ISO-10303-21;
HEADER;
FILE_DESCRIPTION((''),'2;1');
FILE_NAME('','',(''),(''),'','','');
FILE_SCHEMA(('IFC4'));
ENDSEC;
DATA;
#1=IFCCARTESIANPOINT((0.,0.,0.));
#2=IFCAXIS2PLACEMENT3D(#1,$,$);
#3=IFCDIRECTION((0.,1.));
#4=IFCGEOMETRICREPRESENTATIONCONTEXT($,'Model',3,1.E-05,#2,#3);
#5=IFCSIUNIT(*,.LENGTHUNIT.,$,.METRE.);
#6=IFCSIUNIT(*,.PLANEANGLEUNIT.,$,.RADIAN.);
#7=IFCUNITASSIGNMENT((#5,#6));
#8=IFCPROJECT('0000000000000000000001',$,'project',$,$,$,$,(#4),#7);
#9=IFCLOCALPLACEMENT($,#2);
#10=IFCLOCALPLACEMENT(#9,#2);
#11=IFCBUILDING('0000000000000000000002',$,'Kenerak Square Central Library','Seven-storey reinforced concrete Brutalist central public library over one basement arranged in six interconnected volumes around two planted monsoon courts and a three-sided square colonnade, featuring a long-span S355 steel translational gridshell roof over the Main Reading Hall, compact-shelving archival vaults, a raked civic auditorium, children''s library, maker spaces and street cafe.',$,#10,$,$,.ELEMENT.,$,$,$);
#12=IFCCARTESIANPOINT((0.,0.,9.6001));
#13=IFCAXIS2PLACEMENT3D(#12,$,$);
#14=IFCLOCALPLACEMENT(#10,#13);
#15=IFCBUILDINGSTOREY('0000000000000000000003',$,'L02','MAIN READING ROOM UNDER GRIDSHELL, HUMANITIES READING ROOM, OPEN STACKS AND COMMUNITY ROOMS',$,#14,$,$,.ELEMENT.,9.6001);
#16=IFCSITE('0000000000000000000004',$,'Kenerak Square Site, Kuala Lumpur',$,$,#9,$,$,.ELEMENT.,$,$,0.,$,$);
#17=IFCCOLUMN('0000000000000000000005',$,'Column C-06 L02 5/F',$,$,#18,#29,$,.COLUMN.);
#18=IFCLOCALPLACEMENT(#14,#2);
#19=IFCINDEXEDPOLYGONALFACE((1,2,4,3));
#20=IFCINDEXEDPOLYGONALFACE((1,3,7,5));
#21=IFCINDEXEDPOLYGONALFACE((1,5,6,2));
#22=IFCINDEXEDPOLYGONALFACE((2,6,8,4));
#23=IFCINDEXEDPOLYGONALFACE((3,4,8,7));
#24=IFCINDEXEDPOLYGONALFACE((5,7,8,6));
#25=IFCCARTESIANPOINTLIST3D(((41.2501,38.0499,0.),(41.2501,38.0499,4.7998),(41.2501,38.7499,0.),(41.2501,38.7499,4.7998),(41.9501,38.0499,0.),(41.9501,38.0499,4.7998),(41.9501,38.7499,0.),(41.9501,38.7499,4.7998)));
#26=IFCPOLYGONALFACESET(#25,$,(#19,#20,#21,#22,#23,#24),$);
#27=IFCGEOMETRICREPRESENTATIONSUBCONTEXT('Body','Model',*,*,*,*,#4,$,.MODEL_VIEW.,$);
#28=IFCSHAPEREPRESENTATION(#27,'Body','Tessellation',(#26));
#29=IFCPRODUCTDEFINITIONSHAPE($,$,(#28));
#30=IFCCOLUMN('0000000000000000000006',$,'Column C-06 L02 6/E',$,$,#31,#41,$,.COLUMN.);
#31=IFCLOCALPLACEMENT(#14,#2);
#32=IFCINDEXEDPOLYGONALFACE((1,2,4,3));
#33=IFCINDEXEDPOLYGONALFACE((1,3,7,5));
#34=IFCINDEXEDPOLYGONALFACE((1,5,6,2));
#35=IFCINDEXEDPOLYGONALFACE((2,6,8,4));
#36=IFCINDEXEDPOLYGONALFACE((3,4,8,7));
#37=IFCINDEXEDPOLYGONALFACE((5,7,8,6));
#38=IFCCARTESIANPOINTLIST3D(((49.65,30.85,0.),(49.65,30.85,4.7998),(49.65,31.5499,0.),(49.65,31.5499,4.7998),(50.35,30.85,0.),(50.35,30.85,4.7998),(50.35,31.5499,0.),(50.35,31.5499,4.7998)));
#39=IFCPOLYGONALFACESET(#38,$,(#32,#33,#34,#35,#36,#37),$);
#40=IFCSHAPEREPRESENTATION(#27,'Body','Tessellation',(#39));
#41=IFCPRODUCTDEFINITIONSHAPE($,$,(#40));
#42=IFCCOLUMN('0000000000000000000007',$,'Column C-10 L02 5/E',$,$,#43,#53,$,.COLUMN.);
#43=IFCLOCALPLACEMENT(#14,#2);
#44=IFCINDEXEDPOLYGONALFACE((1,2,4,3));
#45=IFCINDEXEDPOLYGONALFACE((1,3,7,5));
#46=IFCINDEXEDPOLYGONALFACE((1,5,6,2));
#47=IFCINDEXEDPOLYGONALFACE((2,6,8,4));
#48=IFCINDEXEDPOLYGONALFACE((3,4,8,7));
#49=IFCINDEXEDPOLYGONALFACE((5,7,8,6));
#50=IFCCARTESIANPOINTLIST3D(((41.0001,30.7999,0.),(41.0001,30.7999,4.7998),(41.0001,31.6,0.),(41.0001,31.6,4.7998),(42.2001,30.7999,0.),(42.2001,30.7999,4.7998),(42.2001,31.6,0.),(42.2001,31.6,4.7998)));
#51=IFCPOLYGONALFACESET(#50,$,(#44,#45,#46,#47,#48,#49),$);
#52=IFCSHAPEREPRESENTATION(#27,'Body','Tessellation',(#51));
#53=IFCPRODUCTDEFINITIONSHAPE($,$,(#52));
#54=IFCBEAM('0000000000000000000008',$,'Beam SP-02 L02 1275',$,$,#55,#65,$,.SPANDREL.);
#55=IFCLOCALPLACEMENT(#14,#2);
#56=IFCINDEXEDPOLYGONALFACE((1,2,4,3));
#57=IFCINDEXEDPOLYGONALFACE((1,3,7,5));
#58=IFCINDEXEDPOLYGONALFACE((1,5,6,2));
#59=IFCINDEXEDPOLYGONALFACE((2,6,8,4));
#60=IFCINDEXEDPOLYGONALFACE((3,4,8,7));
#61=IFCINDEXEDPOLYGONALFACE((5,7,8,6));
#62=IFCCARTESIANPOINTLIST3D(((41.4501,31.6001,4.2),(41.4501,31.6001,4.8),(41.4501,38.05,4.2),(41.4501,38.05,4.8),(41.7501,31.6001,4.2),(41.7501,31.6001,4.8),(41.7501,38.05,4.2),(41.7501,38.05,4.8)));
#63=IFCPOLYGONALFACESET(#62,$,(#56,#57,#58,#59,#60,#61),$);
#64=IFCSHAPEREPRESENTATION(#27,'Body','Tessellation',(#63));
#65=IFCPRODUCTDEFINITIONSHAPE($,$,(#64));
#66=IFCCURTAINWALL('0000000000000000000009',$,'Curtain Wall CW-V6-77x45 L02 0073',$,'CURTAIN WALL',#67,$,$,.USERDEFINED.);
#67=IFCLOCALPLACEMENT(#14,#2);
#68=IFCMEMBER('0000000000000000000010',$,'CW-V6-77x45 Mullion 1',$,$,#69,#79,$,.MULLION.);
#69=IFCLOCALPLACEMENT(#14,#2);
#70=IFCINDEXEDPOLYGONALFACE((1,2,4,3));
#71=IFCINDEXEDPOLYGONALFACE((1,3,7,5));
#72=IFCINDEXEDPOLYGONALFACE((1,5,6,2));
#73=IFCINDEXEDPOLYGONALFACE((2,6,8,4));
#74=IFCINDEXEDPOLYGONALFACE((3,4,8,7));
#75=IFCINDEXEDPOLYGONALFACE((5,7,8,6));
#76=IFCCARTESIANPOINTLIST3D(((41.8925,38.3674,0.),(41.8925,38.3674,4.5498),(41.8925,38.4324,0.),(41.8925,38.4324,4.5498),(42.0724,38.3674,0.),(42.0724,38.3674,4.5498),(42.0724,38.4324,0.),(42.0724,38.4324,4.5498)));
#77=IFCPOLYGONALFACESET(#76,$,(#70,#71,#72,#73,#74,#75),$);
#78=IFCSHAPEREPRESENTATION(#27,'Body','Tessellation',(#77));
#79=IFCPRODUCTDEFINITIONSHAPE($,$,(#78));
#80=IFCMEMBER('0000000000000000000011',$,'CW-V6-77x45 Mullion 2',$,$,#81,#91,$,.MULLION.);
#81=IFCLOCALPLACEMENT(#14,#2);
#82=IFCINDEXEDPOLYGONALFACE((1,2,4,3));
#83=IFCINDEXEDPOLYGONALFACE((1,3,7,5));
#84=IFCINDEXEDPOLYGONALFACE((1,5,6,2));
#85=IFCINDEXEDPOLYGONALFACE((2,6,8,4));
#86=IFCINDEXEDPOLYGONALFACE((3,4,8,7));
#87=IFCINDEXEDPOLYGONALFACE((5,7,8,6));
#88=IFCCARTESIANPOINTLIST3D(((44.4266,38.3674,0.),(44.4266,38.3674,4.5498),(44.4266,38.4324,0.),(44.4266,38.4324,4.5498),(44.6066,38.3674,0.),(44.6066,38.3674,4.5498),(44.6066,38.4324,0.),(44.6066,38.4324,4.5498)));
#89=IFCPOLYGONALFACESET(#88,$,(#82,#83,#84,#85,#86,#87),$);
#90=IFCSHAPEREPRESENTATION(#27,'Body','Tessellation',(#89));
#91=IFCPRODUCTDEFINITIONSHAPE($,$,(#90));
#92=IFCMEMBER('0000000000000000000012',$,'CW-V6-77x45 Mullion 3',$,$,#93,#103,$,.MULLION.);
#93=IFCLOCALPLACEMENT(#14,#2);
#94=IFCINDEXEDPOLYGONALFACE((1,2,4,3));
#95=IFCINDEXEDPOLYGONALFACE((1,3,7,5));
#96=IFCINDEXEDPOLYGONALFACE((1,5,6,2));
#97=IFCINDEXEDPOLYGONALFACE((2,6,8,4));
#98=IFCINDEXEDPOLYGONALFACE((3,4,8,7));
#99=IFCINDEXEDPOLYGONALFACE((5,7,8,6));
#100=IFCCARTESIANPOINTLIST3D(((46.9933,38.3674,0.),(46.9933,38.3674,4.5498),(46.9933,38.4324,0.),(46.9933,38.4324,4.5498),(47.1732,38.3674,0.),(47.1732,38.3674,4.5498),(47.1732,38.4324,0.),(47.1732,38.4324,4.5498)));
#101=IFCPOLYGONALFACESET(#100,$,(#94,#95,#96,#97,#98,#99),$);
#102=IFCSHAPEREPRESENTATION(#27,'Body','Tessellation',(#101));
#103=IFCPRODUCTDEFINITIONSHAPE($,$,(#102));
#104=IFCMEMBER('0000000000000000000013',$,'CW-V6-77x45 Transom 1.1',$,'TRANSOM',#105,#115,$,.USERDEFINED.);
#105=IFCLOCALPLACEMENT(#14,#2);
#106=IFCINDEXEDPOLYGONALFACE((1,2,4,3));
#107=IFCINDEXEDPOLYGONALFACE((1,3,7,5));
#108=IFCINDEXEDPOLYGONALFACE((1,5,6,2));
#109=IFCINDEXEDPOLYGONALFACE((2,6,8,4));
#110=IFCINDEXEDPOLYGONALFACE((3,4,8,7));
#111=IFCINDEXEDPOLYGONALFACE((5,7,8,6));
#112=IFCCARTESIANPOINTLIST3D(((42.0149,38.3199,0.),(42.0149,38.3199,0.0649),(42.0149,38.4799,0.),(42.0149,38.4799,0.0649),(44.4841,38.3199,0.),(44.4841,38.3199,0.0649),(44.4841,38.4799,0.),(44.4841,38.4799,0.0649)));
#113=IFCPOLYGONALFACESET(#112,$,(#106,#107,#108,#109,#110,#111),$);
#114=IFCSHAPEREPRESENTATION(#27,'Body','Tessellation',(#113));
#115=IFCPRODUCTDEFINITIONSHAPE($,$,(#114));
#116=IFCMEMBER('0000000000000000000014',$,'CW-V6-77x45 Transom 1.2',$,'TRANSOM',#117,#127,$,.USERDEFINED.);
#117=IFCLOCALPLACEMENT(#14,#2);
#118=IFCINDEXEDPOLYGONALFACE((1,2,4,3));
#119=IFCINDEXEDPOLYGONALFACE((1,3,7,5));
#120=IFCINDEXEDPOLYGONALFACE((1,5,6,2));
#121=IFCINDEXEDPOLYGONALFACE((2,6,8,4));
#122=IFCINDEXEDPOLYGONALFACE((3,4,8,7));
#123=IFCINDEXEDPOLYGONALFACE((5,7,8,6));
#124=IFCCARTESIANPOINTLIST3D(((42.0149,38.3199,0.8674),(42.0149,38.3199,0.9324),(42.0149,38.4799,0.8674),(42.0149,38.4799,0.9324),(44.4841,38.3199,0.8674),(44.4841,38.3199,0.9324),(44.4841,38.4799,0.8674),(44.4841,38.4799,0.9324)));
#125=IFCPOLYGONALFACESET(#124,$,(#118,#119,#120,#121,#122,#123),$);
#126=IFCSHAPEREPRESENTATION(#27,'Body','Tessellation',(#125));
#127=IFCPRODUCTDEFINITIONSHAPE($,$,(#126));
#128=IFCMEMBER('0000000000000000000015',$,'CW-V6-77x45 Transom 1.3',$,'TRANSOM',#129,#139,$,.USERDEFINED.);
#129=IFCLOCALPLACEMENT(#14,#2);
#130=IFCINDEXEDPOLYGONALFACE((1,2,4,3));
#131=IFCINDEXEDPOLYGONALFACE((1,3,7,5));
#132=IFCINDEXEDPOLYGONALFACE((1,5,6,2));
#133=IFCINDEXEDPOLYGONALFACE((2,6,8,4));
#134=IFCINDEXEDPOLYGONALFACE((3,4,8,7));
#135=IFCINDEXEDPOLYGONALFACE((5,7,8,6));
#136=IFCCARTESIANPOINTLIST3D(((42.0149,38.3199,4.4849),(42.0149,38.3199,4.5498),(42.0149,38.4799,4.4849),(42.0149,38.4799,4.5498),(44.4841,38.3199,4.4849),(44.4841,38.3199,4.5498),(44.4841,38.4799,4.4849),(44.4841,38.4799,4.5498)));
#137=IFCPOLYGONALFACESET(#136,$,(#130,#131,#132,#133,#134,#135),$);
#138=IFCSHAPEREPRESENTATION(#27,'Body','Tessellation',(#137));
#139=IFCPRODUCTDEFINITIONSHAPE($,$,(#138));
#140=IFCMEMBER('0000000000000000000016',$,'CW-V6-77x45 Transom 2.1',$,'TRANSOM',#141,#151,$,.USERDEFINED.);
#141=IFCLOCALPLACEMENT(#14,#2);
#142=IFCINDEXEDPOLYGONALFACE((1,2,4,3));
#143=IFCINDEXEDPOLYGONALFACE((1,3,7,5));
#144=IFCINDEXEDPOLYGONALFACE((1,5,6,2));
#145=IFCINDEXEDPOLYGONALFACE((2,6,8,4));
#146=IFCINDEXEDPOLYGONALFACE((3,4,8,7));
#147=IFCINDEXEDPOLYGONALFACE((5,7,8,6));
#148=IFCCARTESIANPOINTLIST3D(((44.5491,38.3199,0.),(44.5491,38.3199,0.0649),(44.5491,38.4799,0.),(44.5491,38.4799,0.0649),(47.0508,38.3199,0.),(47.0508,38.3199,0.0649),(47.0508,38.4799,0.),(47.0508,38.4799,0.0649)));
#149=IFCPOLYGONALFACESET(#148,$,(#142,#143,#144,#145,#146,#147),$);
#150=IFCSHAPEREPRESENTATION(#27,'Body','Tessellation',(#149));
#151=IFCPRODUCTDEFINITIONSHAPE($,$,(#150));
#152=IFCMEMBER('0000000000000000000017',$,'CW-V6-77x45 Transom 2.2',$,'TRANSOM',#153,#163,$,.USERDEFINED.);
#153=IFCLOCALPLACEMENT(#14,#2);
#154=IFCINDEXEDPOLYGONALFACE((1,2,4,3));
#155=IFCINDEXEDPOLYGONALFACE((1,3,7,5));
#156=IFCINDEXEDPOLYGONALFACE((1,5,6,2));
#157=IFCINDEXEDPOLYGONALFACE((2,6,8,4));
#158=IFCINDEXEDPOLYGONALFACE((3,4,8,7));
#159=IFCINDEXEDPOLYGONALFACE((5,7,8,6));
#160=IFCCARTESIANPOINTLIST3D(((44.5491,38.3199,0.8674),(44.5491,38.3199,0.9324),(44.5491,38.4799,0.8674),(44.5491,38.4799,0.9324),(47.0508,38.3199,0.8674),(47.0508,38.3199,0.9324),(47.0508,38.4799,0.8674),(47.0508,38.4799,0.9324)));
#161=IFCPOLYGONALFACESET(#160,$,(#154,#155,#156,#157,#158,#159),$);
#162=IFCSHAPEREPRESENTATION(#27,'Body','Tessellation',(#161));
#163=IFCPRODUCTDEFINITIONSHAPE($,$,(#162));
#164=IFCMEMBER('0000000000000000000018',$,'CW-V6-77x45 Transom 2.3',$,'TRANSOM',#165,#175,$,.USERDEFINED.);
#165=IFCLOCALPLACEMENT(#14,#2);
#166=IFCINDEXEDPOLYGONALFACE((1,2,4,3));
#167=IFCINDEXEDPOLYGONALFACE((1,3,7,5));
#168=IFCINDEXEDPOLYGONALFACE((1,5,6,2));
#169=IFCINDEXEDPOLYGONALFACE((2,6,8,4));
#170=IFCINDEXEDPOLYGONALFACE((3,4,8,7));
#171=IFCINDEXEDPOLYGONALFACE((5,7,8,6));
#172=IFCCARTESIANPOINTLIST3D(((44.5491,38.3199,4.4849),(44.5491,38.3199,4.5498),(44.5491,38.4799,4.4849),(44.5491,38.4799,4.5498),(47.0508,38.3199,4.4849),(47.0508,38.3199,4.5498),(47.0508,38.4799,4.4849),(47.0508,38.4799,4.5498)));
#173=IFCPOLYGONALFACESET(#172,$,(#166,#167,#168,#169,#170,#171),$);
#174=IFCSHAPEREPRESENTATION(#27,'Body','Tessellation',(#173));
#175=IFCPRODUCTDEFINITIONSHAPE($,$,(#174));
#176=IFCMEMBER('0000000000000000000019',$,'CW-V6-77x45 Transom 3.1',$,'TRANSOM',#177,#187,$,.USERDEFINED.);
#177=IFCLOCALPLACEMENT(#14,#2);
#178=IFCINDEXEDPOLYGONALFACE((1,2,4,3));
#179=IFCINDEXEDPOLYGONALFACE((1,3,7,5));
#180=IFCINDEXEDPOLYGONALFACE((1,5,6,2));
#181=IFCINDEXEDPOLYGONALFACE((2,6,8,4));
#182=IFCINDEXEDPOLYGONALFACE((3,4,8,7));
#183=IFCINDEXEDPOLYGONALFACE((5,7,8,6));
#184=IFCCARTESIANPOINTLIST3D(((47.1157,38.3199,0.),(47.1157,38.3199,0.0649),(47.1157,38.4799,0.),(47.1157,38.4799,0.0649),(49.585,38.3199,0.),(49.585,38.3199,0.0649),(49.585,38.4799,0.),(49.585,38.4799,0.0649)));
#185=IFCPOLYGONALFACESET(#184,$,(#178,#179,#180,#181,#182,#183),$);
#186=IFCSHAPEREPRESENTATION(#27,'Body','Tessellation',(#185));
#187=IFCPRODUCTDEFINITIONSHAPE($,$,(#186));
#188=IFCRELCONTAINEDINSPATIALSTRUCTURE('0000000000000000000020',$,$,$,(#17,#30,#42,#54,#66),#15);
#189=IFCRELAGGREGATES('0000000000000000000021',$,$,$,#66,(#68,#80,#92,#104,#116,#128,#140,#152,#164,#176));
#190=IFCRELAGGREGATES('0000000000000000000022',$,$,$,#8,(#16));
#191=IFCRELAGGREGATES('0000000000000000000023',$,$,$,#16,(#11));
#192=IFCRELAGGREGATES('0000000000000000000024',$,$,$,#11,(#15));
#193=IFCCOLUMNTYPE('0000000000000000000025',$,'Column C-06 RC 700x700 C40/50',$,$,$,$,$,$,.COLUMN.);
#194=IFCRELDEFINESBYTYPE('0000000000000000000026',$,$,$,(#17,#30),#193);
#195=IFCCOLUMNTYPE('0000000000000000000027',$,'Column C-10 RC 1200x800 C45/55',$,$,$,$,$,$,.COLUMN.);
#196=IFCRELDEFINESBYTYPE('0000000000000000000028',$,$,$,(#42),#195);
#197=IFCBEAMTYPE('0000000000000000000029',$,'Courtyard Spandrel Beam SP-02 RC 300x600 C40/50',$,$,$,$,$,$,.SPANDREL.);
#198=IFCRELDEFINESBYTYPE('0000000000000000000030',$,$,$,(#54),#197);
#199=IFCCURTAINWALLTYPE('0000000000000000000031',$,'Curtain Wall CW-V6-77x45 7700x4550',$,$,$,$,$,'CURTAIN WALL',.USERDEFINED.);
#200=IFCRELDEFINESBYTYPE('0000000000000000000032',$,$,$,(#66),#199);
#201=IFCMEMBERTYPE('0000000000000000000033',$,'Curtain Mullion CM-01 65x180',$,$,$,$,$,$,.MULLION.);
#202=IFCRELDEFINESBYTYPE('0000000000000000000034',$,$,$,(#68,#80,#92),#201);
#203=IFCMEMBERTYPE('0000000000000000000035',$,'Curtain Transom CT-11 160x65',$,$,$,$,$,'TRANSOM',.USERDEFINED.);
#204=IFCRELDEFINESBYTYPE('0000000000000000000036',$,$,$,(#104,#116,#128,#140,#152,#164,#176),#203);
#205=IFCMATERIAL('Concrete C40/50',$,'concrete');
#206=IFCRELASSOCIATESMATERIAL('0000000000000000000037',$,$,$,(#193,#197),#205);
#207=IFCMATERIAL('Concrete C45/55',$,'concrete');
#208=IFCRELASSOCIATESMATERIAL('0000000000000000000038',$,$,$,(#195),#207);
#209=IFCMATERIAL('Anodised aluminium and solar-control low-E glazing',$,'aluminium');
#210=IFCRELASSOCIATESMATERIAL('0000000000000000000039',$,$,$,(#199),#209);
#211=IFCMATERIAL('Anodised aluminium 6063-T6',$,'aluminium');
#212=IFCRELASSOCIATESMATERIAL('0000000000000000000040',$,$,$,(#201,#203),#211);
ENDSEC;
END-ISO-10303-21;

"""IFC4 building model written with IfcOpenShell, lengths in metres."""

from ifc_helpers import new_model, si_unit, direction, frame, origin, origin_2d, place, context, subcontext, project, spatial, rectangle, extrude, material, material_profile, profile_set, type_object, element, aggregate, save


model = new_model("IFC4")

# Units and contexts
model_context = context("Model", 3, precision=1e-05, world=origin(), true_north=direction((0.0, 1.0)))
body_context = subcontext(model_context, "Body", "Model", "MODEL_VIEW")
ifc_project = project(units=[si_unit("LENGTHUNIT", "METRE"), si_unit("PLANEANGLEUNIT", "RADIAN")], contexts=[model_context])

# Site, building, storey
site_placement = place(None, origin())
site = spatial("IfcSite", under=ifc_project, at=site_placement, Name="Kenerak Square Site, Kuala Lumpur", CompositionType="ELEMENT", RefElevation=0.0)
building_placement = place(site_placement, origin())
building = spatial("IfcBuilding", under=site, at=building_placement, Name="Kenerak Square Central Library", Description="Seven-storey reinforced concrete Brutalist central public library over one basement arranged in six interconnected volumes around two planted monsoon courts and a three-sided square colonnade, featuring a long-span S355 steel translational gridshell roof over the Main Reading Hall, compact-shelving archival vaults, a raked civic auditorium, children's library, maker spaces and street cafe.", CompositionType="ELEMENT")
storey_placement = place(building_placement, frame((0.0, 0.0, 9.6001)))
storey = spatial("IfcBuildingStorey", under=building, at=storey_placement, Name="L02", Description="MAIN READING ROOM UNDER GRIDSHELL, HUMANITIES READING ROOM, OPEN STACKS AND COMMUNITY ROOMS", CompositionType="ELEMENT", Elevation=9.6001)

# Columns
ifc_material_1 = material(Name="Concrete C40/50", Category="concrete")
ifc_material_profile_1 = material_profile(ifc_material_1, rectangle(XDim=0.7, YDim=0.7, at=origin_2d()), Name="RC 700x700")
ifc_profile_set_1 = profile_set([ifc_material_profile_1], Name="Concrete C40/50")
column_type_1 = type_object("IfcColumnType", Name="Column C-06 RC 700x700 C40/50", PredefinedType="COLUMN", material=ifc_profile_set_1)
for number, where, z_axis, x_axis, name in (
    (1, (41.6001, 38.3999, 0.0), (0.0, 0.0, 1.0), (1.0, 0.0, 0.0), "Column C-06 L02 5/F"),
    (2, (50.0, 31.2, 0.0), (0.0, 0.0, 1.0), (1.0, 0.0, 0.0), "Column C-06 L02 6/E"),
):
    element("IfcColumn", number, at=place(storey_placement, frame(where, z_axis=z_axis, x_axis=x_axis)), inside=storey, type_object=column_type_1, Name=name, PredefinedType="COLUMN", context=body_context, shape_type="SweptSolid", body=[
        extrude(rectangle(XDim=0.7, YDim=0.7, at=origin_2d()), origin(), (0.0, 0.0, 1.0), 4.7998),
    ])
ifc_material_2 = material(Name="Concrete C45/55", Category="concrete")
ifc_material_profile_2 = material_profile(ifc_material_2, rectangle(XDim=1.2, YDim=0.8, at=origin_2d()), Name="RC 1200x800")
ifc_profile_set_2 = profile_set([ifc_material_profile_2], Name="Concrete C45/55")
column_type_2 = type_object("IfcColumnType", Name="Column C-10 RC 1200x800 C45/55", PredefinedType="COLUMN", material=ifc_profile_set_2)
column_placement = place(storey_placement, frame((41.6001, 31.2, 0.0), z_axis=(0.0, 0.0, 1.0), x_axis=(1.0, 0.0, 0.0)))
element("IfcColumn", 3, at=column_placement, inside=storey, type_object=column_type_2, Name="Column C-10 L02 5/E", PredefinedType="COLUMN", context=body_context, shape_type="SweptSolid", body=[
    extrude(rectangle(XDim=1.2, YDim=0.8, at=origin_2d()), origin(), (0.0, 0.0, 1.0), 4.7998),
])

# Beam
ifc_material_profile_3 = material_profile(ifc_material_1, rectangle(XDim=0.3, YDim=0.6001, at=origin_2d()), Name="RC 300x600")
ifc_profile_set_3 = profile_set([ifc_material_profile_3], Name="Concrete C40/50")
beam_type_1 = type_object("IfcBeamType", Name="Courtyard Spandrel Beam SP-02 RC 300x600 C40/50", PredefinedType="SPANDREL", material=ifc_profile_set_3)
beam_1_placement = place(storey_placement, frame((41.6001, 31.6001, 4.5), z_axis=(0.0, 1.0, 0.0), x_axis=(-1.0, 0.0, 0.0)))
element("IfcBeam", 4, at=beam_1_placement, inside=storey, type_object=beam_type_1, Name="Beam SP-02 L02 1275", PredefinedType="SPANDREL", context=body_context, shape_type="SweptSolid", body=[
    extrude(rectangle(XDim=0.3, YDim=0.6001, at=origin_2d()), origin(), (0.0, 0.0, 1.0), 6.45),
])

# Curtain wall, members
ifc_material_3 = material(Name="Anodised aluminium and solar-control low-E glazing", Category="aluminium")
curtain_wall_type = type_object("IfcCurtainWallType", Name="Curtain Wall CW-V6-77x45 7700x4550", ElementType="CURTAIN WALL", PredefinedType="USERDEFINED", material=ifc_material_3)
curtain_wall_placement = place(storey_placement, origin())
curtain_wall = element("IfcCurtainWall", 5, at=curtain_wall_placement, inside=storey, type_object=curtain_wall_type, Name="Curtain Wall CW-V6-77x45 L02 0073", ObjectType="CURTAIN WALL", PredefinedType="USERDEFINED")
ifc_material_4 = material(Name="Anodised aluminium 6063-T6", Category="aluminium")
ifc_material_profile_4 = material_profile(ifc_material_4, rectangle(XDim=0.0649, YDim=0.1799, at=origin_2d()), Name="AL MULLION 65x180")
ifc_profile_set_4 = profile_set([ifc_material_profile_4], Name="Anodised aluminium 6063-T6")
member_type_1 = type_object("IfcMemberType", Name="Curtain Mullion CM-01 65x180", PredefinedType="MULLION", material=ifc_profile_set_4)
member_1_placement = place(storey_placement, frame((41.9824, 38.3999, 0.0), z_axis=(0.0, 0.0, 1.0), x_axis=(0.0, 1.0, 0.0)))
member_1 = element("IfcMember", 6, at=member_1_placement, type_object=member_type_1, Name="CW-V6-77x45 Mullion 1", PredefinedType="MULLION", context=body_context, shape_type="SweptSolid", body=[
    extrude(rectangle(XDim=0.0649, YDim=0.1799, at=origin_2d()), origin(), (0.0, 0.0, 1.0), 4.5498),
])
member_2_placement = place(storey_placement, frame((44.5166, 38.3999, 0.0), z_axis=(0.0, 0.0, 1.0), x_axis=(0.0, 1.0, 0.0)))
member_2 = element("IfcMember", 7, at=member_2_placement, type_object=member_type_1, Name="CW-V6-77x45 Mullion 2", PredefinedType="MULLION", context=body_context, shape_type="SweptSolid", body=[
    extrude(rectangle(XDim=0.0649, YDim=0.1799, at=origin_2d()), origin(), (0.0, 0.0, 1.0), 4.5498),
])
member_3_placement = place(storey_placement, frame((47.0833, 38.3999, 0.0), z_axis=(0.0, 0.0, 1.0), x_axis=(0.0, 1.0, 0.0)))
member_3 = element("IfcMember", 8, at=member_3_placement, type_object=member_type_1, Name="CW-V6-77x45 Mullion 3", PredefinedType="MULLION", context=body_context, shape_type="SweptSolid", body=[
    extrude(rectangle(XDim=0.0649, YDim=0.1799, at=origin_2d()), origin(), (0.0, 0.0, 1.0), 4.5498),
])
ifc_material_profile_5 = material_profile(ifc_material_4, rectangle(XDim=0.1599, YDim=0.0649, at=origin_2d()), Name="AL TRANSOM 160x65")
ifc_profile_set_5 = profile_set([ifc_material_profile_5], Name="Anodised aluminium 6063-T6")
member_type_2 = type_object("IfcMemberType", Name="Curtain Transom CT-11 160x65", ElementType="TRANSOM", PredefinedType="USERDEFINED", material=ifc_profile_set_5)
member_4_placement = place(storey_placement, frame((42.0149, 38.3999, 0.0325), z_axis=(1.0, 0.0, 0.0), x_axis=(0.0, 1.0, 0.0)))
member_4 = element("IfcMember", 9, at=member_4_placement, type_object=member_type_2, Name="CW-V6-77x45 Transom 1.1", ObjectType="TRANSOM", PredefinedType="USERDEFINED", context=body_context, shape_type="SweptSolid", body=[
    extrude(rectangle(XDim=0.1599, YDim=0.0649, at=origin_2d()), origin(), (0.0, 0.0, 1.0), 2.4692),
])
member_5_placement = place(storey_placement, frame((42.0149, 38.3999, 0.8999), z_axis=(1.0, 0.0, 0.0), x_axis=(0.0, 1.0, 0.0)))
member_5 = element("IfcMember", 10, at=member_5_placement, type_object=member_type_2, Name="CW-V6-77x45 Transom 1.2", ObjectType="TRANSOM", PredefinedType="USERDEFINED", context=body_context, shape_type="SweptSolid", body=[
    extrude(rectangle(XDim=0.1599, YDim=0.0649, at=origin_2d()), origin(), (0.0, 0.0, 1.0), 2.4692),
])
member_6_placement = place(storey_placement, frame((42.0149, 38.3999, 4.5173), z_axis=(1.0, 0.0, 0.0), x_axis=(0.0, 1.0, 0.0)))
member_6 = element("IfcMember", 11, at=member_6_placement, type_object=member_type_2, Name="CW-V6-77x45 Transom 1.3", ObjectType="TRANSOM", PredefinedType="USERDEFINED", context=body_context, shape_type="SweptSolid", body=[
    extrude(rectangle(XDim=0.1599, YDim=0.0649, at=origin_2d()), origin(), (0.0, 0.0, 1.0), 2.4692),
])
member_7_placement = place(storey_placement, frame((44.5491, 38.3999, 0.0325), z_axis=(1.0, 0.0, 0.0), x_axis=(0.0, 1.0, 0.0)))
member_7 = element("IfcMember", 12, at=member_7_placement, type_object=member_type_2, Name="CW-V6-77x45 Transom 2.1", ObjectType="TRANSOM", PredefinedType="USERDEFINED", context=body_context, shape_type="SweptSolid", body=[
    extrude(rectangle(XDim=0.1599, YDim=0.0649, at=origin_2d()), origin(), (0.0, 0.0, 1.0), 2.5017),
])
member_8_placement = place(storey_placement, frame((44.5491, 38.3999, 0.8999), z_axis=(1.0, 0.0, 0.0), x_axis=(0.0, 1.0, 0.0)))
member_8 = element("IfcMember", 13, at=member_8_placement, type_object=member_type_2, Name="CW-V6-77x45 Transom 2.2", ObjectType="TRANSOM", PredefinedType="USERDEFINED", context=body_context, shape_type="SweptSolid", body=[
    extrude(rectangle(XDim=0.1599, YDim=0.0649, at=origin_2d()), origin(), (0.0, 0.0, 1.0), 2.5017),
])
member_9_placement = place(storey_placement, frame((44.5491, 38.3999, 4.5173), z_axis=(1.0, 0.0, 0.0), x_axis=(0.0, 1.0, 0.0)))
member_9 = element("IfcMember", 14, at=member_9_placement, type_object=member_type_2, Name="CW-V6-77x45 Transom 2.3", ObjectType="TRANSOM", PredefinedType="USERDEFINED", context=body_context, shape_type="SweptSolid", body=[
    extrude(rectangle(XDim=0.1599, YDim=0.0649, at=origin_2d()), origin(), (0.0, 0.0, 1.0), 2.5017),
])
member_10_placement = place(storey_placement, frame((47.1157, 38.3999, 0.0325), z_axis=(1.0, 0.0, 0.0), x_axis=(0.0, 1.0, 0.0)))
member_10 = element("IfcMember", 15, at=member_10_placement, type_object=member_type_2, Name="CW-V6-77x45 Transom 3.1", ObjectType="TRANSOM", PredefinedType="USERDEFINED", context=body_context, shape_type="SweptSolid", body=[
    extrude(rectangle(XDim=0.1599, YDim=0.0649, at=origin_2d()), origin(), (0.0, 0.0, 1.0), 2.4692),
])

aggregate(curtain_wall, [member_1, member_2, member_3, member_4, member_5, member_6, member_7, member_8, member_9, member_10])

save(model, "model.ifc")
